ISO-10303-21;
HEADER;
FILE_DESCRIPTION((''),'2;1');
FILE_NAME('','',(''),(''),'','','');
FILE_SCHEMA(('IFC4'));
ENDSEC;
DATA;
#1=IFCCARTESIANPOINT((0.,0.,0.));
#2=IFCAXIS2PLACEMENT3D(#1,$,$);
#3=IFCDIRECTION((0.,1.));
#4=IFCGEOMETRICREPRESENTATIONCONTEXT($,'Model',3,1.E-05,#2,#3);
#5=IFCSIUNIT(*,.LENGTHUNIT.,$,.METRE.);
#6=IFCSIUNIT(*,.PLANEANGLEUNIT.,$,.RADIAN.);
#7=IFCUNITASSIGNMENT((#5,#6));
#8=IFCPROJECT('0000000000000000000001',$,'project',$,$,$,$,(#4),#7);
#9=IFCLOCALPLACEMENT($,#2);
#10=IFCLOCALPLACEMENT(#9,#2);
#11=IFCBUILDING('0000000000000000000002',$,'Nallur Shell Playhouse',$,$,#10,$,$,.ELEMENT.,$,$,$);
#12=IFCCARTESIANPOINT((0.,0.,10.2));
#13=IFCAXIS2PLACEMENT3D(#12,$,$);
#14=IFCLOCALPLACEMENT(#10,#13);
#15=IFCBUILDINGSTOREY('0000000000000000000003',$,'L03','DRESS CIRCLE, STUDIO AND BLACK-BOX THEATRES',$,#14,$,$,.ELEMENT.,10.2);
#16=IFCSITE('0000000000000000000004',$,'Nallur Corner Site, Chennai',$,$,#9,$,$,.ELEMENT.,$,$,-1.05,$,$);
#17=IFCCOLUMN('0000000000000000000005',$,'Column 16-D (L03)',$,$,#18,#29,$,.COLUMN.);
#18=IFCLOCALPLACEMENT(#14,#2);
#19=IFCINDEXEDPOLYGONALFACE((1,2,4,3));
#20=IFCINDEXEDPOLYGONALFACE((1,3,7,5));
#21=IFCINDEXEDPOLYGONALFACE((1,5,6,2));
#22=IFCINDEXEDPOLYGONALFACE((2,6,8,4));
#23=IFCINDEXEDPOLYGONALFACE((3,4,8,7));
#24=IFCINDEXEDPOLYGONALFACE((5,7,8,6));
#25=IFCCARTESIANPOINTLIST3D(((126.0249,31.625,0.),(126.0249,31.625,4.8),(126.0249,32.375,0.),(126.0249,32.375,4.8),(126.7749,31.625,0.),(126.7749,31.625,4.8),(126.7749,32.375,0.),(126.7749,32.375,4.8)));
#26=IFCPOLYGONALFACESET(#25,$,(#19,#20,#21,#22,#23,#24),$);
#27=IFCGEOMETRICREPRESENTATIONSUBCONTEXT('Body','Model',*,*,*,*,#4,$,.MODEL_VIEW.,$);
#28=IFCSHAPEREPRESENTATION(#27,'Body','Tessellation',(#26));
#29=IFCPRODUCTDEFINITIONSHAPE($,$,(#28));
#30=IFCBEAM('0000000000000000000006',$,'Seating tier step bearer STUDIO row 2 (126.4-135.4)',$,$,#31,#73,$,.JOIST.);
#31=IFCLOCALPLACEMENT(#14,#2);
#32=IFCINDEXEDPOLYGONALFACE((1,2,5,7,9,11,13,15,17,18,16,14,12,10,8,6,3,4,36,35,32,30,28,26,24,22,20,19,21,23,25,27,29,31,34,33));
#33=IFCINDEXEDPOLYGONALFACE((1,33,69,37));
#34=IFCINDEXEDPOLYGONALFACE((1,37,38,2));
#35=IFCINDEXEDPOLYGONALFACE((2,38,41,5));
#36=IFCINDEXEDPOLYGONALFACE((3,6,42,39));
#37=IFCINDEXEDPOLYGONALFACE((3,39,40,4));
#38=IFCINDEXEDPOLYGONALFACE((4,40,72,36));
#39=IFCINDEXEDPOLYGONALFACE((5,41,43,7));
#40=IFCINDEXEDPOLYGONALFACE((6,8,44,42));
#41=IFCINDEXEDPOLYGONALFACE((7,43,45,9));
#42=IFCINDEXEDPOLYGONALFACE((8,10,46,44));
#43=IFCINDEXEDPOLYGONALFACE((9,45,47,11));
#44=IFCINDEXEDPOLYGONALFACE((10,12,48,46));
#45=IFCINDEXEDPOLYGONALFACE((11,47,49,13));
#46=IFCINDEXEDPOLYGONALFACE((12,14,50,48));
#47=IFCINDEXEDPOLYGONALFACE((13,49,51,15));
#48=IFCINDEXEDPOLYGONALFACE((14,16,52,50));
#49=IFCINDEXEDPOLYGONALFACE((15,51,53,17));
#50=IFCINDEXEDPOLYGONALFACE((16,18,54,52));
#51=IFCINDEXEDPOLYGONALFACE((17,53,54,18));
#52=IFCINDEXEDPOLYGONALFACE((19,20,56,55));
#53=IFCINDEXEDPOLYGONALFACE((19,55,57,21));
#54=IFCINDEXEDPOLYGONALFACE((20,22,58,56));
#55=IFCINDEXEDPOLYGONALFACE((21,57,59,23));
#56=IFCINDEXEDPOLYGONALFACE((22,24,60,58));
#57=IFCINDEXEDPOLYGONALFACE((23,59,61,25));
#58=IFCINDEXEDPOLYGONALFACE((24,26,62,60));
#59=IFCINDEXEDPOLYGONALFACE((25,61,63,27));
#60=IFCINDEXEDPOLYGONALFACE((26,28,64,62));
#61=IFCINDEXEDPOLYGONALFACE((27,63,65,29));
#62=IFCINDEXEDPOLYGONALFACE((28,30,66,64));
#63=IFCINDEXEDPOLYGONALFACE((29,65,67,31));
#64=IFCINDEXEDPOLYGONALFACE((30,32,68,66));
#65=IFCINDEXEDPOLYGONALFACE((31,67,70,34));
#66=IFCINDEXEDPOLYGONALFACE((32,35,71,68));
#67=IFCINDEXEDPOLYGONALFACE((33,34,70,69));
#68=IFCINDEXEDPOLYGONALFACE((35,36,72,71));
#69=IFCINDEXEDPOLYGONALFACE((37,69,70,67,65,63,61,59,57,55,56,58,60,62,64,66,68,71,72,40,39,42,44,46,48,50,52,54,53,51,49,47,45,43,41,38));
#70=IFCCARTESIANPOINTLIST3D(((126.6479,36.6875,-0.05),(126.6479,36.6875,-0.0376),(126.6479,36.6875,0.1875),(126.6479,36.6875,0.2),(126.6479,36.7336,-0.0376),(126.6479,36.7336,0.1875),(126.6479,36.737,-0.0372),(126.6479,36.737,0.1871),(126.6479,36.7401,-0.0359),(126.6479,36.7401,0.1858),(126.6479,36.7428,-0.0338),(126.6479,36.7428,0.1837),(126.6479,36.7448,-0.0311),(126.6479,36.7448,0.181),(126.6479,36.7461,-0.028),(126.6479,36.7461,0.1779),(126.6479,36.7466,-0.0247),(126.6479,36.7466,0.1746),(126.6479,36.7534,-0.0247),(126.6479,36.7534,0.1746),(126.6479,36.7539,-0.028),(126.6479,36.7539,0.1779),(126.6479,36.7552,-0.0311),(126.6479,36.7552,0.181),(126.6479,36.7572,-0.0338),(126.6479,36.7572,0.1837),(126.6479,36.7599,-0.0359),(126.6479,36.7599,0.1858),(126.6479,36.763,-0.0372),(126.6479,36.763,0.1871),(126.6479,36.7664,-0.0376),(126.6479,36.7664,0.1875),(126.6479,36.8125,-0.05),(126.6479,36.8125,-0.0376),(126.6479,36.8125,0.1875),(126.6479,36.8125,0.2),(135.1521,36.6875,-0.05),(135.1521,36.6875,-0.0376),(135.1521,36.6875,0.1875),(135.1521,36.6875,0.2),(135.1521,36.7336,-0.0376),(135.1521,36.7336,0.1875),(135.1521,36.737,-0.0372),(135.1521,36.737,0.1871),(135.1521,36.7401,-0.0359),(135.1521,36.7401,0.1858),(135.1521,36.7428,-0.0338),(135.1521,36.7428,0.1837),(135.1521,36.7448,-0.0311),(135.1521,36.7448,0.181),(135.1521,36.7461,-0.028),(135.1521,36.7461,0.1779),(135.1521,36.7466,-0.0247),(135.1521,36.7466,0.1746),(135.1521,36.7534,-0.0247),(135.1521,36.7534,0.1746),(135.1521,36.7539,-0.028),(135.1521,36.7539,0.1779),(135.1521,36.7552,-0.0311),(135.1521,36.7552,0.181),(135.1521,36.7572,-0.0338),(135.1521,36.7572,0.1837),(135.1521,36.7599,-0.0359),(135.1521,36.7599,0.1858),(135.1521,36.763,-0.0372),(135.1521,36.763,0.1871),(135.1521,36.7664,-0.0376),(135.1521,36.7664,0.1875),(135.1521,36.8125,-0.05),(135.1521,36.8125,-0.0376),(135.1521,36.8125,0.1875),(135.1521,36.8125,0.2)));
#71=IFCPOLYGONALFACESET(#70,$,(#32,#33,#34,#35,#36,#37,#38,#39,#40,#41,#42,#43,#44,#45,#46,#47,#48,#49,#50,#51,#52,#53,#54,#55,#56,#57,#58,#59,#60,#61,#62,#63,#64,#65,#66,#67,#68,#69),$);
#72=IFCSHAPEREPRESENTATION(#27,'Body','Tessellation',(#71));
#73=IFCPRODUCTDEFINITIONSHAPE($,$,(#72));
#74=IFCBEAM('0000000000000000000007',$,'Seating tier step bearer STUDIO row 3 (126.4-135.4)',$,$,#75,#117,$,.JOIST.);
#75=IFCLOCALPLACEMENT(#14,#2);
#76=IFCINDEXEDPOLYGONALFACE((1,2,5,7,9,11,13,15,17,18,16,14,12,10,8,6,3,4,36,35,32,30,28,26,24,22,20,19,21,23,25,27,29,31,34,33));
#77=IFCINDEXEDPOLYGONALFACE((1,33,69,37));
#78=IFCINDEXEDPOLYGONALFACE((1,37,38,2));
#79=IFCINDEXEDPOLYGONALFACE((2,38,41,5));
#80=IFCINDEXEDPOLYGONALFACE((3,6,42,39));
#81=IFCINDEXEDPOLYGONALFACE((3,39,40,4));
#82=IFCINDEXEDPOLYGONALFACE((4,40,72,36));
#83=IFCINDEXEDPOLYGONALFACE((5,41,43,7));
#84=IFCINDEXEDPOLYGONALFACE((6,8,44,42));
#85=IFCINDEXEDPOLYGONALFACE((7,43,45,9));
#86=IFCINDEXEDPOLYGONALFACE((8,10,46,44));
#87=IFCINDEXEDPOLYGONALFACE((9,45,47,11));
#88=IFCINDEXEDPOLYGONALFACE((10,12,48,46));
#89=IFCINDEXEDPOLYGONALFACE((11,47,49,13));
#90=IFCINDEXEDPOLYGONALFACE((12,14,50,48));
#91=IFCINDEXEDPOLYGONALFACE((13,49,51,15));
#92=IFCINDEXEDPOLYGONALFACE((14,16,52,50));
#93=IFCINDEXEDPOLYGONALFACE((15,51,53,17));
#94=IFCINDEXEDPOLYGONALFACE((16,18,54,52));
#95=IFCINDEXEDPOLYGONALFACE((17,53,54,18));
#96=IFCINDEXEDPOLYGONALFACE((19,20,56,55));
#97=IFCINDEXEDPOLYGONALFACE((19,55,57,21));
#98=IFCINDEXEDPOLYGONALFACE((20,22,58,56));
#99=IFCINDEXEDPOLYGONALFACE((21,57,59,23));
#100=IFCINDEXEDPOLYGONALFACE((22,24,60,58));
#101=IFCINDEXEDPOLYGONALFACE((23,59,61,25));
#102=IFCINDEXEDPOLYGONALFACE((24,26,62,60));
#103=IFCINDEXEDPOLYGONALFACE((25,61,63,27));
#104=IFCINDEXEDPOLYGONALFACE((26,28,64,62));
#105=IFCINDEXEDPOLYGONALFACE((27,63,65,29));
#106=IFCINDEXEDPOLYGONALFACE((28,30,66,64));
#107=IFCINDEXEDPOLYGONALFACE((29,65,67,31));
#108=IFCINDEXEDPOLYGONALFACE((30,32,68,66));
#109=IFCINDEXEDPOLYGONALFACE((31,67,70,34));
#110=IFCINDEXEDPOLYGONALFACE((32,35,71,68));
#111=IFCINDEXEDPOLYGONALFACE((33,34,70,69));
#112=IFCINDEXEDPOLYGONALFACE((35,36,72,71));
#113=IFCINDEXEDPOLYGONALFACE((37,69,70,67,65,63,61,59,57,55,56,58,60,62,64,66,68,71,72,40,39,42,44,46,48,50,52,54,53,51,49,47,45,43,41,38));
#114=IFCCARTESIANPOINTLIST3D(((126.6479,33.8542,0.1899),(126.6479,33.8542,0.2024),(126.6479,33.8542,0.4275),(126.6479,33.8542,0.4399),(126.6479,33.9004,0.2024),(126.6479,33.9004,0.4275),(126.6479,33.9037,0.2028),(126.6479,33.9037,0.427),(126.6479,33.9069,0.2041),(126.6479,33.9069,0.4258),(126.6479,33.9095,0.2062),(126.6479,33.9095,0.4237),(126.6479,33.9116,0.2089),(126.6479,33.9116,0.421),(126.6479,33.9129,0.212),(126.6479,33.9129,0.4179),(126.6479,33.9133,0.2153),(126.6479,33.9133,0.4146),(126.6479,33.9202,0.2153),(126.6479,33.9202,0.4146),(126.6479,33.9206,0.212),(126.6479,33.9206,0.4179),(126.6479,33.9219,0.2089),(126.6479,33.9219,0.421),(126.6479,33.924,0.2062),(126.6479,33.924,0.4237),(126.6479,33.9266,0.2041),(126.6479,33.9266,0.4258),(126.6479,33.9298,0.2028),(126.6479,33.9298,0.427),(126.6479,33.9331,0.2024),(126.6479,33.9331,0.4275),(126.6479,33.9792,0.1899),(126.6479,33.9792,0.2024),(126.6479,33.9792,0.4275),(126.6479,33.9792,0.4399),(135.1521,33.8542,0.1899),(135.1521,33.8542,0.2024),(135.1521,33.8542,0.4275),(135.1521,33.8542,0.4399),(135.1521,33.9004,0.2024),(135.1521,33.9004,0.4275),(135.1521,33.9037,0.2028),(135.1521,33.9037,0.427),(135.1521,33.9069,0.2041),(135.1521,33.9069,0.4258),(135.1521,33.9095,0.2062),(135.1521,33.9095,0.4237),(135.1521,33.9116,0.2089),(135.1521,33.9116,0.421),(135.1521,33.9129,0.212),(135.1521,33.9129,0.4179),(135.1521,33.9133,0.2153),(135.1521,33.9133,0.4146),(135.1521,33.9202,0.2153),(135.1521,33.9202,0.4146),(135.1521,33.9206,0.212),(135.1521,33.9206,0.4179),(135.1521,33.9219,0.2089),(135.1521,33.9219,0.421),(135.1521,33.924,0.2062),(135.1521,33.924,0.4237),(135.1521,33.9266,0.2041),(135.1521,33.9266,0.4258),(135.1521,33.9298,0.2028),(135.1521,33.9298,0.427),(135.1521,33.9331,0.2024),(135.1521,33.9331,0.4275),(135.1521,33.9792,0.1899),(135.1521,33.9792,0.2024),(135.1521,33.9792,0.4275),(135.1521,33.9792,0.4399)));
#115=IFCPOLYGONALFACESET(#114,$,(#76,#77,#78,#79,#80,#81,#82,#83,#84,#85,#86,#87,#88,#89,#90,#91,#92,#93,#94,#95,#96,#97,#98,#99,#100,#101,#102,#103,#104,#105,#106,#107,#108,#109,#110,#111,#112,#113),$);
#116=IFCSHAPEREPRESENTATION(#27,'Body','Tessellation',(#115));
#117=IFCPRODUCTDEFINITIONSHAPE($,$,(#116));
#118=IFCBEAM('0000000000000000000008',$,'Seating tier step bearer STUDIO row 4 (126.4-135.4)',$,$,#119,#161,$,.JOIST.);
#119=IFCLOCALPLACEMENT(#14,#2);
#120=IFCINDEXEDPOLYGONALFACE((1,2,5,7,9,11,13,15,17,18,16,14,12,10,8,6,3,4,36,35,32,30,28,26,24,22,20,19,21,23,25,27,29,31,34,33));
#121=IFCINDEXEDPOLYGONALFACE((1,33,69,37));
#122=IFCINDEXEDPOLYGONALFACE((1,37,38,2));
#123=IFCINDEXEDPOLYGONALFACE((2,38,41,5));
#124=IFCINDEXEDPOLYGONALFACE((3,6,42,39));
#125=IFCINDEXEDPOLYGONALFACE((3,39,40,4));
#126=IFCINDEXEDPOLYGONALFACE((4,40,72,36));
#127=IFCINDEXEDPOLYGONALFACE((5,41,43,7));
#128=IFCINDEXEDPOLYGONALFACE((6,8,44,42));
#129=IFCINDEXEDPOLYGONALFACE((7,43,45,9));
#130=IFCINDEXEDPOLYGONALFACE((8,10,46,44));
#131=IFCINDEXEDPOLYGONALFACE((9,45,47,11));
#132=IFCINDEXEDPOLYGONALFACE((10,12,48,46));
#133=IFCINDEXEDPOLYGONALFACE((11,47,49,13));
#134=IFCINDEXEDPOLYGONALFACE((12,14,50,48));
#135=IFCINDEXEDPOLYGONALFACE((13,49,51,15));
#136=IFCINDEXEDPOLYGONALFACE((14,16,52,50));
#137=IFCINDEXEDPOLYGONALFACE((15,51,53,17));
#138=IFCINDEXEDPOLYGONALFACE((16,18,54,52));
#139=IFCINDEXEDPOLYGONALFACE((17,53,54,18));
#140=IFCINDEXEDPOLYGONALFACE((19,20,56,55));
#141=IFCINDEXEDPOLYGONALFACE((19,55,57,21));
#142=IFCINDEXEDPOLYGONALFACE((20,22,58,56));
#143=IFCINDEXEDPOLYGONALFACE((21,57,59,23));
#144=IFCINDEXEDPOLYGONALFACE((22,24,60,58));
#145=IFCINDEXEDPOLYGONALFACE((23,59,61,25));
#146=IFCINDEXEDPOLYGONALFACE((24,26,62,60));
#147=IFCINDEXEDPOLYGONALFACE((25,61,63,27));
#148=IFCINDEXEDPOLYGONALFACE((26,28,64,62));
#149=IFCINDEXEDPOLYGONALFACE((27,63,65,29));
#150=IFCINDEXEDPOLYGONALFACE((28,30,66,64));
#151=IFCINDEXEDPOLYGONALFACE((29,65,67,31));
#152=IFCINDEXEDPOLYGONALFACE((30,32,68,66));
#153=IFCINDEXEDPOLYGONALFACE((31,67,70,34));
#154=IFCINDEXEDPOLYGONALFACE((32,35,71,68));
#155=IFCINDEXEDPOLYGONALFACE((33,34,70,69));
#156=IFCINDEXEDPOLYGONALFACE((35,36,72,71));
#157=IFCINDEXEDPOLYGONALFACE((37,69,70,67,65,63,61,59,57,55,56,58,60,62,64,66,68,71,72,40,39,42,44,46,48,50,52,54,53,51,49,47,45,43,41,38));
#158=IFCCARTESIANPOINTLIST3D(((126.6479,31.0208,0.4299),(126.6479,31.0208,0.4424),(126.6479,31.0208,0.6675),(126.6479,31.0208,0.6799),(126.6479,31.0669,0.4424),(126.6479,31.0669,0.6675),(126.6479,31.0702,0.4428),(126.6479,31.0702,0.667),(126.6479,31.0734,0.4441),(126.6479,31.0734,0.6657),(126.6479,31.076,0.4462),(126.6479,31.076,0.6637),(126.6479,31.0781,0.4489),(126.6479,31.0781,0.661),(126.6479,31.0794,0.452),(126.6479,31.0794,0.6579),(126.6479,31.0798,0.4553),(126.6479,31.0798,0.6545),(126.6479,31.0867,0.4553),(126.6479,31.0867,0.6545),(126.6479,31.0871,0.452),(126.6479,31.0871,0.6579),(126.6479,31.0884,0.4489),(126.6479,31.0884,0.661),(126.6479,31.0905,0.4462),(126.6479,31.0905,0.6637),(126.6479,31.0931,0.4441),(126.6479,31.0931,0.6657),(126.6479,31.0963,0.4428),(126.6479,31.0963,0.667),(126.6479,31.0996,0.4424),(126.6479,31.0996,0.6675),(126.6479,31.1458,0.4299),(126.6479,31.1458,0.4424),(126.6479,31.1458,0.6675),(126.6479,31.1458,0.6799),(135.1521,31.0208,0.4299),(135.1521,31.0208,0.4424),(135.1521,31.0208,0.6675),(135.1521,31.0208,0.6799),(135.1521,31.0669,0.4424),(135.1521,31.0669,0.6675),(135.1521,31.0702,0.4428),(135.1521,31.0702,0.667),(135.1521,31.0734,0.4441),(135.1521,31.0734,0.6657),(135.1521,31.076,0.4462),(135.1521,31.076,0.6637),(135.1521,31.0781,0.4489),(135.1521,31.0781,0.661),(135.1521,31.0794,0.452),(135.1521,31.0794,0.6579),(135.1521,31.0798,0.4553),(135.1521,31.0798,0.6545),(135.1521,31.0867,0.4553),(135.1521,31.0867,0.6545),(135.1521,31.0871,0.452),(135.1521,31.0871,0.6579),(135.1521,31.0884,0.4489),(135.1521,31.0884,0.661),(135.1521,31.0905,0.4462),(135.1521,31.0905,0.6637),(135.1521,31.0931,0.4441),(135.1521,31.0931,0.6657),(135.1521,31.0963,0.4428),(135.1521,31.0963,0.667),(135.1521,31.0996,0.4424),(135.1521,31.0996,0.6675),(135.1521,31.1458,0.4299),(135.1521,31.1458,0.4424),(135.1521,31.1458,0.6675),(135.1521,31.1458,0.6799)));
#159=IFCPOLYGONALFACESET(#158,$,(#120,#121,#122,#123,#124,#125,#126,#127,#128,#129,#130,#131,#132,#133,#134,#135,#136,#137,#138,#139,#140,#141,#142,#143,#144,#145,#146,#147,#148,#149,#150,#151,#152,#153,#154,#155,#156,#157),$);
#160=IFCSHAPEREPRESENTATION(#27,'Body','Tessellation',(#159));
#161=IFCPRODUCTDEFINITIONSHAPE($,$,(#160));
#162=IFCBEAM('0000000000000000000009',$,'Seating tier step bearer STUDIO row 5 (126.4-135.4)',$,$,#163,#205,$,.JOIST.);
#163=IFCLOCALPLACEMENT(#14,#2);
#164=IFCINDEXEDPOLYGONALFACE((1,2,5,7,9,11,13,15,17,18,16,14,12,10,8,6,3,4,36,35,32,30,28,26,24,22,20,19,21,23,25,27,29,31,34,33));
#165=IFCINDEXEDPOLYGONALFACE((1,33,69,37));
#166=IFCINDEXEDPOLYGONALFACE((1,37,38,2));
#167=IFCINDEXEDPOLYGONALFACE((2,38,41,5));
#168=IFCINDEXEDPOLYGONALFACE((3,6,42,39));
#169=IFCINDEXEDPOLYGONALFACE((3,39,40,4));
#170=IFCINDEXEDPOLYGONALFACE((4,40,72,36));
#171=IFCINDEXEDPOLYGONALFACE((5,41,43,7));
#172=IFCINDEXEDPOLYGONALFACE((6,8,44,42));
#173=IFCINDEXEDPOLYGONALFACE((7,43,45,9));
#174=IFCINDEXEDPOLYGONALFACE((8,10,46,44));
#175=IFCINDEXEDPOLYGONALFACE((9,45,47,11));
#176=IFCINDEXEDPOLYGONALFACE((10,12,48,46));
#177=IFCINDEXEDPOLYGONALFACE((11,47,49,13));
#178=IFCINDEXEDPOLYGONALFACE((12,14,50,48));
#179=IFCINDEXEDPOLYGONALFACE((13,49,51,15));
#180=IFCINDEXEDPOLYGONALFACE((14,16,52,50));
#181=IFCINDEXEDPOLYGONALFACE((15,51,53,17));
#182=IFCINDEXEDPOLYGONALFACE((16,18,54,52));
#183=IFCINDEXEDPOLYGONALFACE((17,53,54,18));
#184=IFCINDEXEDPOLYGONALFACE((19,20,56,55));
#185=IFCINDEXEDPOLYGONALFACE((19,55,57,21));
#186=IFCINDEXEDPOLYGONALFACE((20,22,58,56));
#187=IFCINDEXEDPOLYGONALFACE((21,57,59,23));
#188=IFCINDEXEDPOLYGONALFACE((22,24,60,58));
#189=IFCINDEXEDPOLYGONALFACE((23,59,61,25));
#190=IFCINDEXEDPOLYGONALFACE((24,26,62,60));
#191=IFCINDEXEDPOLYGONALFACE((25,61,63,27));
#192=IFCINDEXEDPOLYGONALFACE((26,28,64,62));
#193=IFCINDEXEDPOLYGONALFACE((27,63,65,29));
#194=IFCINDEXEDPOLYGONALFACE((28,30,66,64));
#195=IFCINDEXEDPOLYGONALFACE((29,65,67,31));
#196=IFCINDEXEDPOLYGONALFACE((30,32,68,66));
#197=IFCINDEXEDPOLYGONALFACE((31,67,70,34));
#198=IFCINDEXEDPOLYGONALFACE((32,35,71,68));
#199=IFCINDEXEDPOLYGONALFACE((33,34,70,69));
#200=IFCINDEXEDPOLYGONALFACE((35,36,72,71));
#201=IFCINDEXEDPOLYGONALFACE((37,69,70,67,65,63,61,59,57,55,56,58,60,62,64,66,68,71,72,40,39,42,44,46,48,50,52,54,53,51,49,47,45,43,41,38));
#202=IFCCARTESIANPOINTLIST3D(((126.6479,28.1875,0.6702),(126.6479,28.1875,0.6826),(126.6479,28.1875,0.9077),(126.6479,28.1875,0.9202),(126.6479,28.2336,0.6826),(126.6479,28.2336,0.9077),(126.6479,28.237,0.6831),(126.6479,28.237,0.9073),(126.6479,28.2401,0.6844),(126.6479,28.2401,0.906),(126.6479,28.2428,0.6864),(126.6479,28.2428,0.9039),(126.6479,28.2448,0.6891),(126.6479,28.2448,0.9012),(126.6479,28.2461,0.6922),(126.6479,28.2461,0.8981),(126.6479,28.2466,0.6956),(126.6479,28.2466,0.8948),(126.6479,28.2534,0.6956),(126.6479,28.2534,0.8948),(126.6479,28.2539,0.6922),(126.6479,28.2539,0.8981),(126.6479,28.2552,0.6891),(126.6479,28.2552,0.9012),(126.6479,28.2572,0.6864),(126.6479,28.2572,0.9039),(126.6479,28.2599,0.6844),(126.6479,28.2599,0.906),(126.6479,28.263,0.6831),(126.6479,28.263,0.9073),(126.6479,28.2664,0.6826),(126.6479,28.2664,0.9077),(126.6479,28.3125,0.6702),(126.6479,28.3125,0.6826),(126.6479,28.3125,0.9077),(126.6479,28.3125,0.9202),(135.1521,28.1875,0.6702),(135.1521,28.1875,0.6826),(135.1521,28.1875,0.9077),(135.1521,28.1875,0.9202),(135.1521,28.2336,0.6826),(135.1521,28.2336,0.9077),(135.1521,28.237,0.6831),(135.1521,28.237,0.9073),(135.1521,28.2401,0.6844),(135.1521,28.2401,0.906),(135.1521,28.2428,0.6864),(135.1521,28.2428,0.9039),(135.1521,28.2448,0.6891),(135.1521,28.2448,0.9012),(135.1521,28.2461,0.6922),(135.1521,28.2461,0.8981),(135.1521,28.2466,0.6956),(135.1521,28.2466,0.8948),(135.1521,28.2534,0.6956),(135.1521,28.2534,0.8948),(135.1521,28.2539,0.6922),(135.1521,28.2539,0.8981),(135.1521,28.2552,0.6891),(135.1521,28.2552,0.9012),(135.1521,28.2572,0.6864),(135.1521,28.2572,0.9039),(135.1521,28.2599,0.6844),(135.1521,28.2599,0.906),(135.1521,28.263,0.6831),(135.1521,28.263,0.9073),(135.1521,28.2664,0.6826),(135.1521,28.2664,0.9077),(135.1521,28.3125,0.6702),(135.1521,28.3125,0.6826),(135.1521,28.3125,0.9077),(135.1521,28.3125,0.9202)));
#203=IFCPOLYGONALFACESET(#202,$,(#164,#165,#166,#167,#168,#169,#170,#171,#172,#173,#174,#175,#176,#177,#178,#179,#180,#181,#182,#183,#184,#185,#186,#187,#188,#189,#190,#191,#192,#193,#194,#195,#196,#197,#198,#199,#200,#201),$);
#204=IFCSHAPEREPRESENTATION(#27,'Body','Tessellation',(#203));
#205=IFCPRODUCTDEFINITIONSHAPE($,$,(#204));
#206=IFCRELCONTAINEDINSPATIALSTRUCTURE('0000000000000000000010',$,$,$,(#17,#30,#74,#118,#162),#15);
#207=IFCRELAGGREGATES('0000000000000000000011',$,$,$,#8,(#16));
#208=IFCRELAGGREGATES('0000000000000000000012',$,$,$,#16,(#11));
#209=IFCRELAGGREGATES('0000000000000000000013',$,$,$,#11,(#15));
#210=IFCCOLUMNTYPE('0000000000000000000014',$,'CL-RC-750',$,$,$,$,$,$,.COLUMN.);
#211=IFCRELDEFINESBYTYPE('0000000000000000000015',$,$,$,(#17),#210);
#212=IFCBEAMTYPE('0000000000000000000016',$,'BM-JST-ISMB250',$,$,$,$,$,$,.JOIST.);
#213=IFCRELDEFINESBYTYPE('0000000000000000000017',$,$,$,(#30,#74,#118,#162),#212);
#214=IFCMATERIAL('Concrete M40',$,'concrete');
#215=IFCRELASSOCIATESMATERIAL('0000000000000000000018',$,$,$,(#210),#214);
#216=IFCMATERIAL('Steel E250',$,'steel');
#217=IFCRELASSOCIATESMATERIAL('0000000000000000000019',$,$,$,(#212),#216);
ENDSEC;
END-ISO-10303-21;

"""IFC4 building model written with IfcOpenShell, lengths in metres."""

from ifc_helpers import new_model, si_unit, direction, frame, origin, origin_2d, place, context, subcontext, project, spatial, rectangle, i_section, extrude, material, material_profile, profile_set, type_object, element, save


model = new_model("IFC4")

# Units and contexts
model_context = context("Model", 3, precision=1e-05, world=origin(), true_north=direction((0.0, 1.0)))
body_context = subcontext(model_context, "Body", "Model", "MODEL_VIEW")
ifc_project = project(units=[si_unit("LENGTHUNIT", "METRE"), si_unit("PLANEANGLEUNIT", "RADIAN")], contexts=[model_context])

# Site, building, storey
site_placement = place(None, origin())
site = spatial("IfcSite", under=ifc_project, at=site_placement, Name="Nallur Corner Site, Chennai", CompositionType="ELEMENT", RefElevation=-1.05)
building_placement = place(site_placement, origin())
building = spatial("IfcBuilding", under=site, at=building_placement, Name="Nallur Shell Playhouse", CompositionType="ELEMENT")
storey_placement = place(building_placement, frame((0.0, 0.0, 10.2)))
storey = spatial("IfcBuildingStorey", under=building, at=storey_placement, Name="L03", Description="DRESS CIRCLE, STUDIO AND BLACK-BOX THEATRES", CompositionType="ELEMENT", Elevation=10.2)

# Column
ifc_material_1 = material(Name="Concrete M40", Category="concrete")
ifc_material_profile_1 = material_profile(ifc_material_1, rectangle(XDim=0.75, YDim=0.75, at=origin_2d()), Name="RC 750x750")
ifc_profile_set_1 = profile_set([ifc_material_profile_1], Name="Concrete M40")
column_type = type_object("IfcColumnType", Name="CL-RC-750", PredefinedType="COLUMN", material=ifc_profile_set_1)
column_placement = place(storey_placement, frame((126.3999, 32.0, 0.0), z_axis=(0.0, 0.0, 1.0), x_axis=(1.0, 0.0, 0.0)))
element("IfcColumn", 1, at=column_placement, inside=storey, type_object=column_type, Name="Column 16-D (L03)", PredefinedType="COLUMN", context=body_context, shape_type="SweptSolid", body=[
    extrude(rectangle(XDim=0.75, YDim=0.75, at=origin_2d()), origin(), (0.0, 0.0, 1.0), 4.8),
])

# Beams
ifc_material_2 = material(Name="Steel E250", Category="steel")
ifc_material_profile_2 = material_profile(ifc_material_2, i_section(OverallWidth=0.125, OverallDepth=0.25, WebThickness=0.0068, FlangeThickness=0.0125, FilletRadius=0.0129, at=origin_2d()), Name="ISMB 250")
ifc_profile_set_2 = profile_set([ifc_material_profile_2], Name="Steel E250")
beam_type_1 = type_object("IfcBeamType", Name="BM-JST-ISMB250", PredefinedType="JOIST", material=ifc_profile_set_2)
for number, where, z_axis, x_axis, name in (
    (2, (126.6479, 36.75, 0.075), (1.0, 0.0, 0.0), (0.0, 1.0, 0.0), "Seating tier step bearer STUDIO row 2 (126.4-135.4)"),
    (3, (126.6479, 33.9167, 0.3149), (1.0, 0.0, 0.0), (0.0, 1.0, 0.0), "Seating tier step bearer STUDIO row 3 (126.4-135.4)"),
    (4, (126.6479, 31.0833, 0.5549), (1.0, 0.0, 0.0), (0.0, 1.0, 0.0), "Seating tier step bearer STUDIO row 4 (126.4-135.4)"),
    (5, (126.6479, 28.25, 0.7952), (1.0, 0.0, 0.0), (0.0, 1.0, 0.0), "Seating tier step bearer STUDIO row 5 (126.4-135.4)"),
):
    element("IfcBeam", number, at=place(storey_placement, frame(where, z_axis=z_axis, x_axis=x_axis)), inside=storey, type_object=beam_type_1, Name=name, PredefinedType="JOIST", context=body_context, shape_type="SweptSolid", body=[
        extrude(i_section(OverallWidth=0.125, OverallDepth=0.25, WebThickness=0.0068, FlangeThickness=0.0125, FilletRadius=0.0129, at=origin_2d()), origin(), (0.0, 0.0, 1.0), 8.5042),
    ])

save(model, "model.ifc")
